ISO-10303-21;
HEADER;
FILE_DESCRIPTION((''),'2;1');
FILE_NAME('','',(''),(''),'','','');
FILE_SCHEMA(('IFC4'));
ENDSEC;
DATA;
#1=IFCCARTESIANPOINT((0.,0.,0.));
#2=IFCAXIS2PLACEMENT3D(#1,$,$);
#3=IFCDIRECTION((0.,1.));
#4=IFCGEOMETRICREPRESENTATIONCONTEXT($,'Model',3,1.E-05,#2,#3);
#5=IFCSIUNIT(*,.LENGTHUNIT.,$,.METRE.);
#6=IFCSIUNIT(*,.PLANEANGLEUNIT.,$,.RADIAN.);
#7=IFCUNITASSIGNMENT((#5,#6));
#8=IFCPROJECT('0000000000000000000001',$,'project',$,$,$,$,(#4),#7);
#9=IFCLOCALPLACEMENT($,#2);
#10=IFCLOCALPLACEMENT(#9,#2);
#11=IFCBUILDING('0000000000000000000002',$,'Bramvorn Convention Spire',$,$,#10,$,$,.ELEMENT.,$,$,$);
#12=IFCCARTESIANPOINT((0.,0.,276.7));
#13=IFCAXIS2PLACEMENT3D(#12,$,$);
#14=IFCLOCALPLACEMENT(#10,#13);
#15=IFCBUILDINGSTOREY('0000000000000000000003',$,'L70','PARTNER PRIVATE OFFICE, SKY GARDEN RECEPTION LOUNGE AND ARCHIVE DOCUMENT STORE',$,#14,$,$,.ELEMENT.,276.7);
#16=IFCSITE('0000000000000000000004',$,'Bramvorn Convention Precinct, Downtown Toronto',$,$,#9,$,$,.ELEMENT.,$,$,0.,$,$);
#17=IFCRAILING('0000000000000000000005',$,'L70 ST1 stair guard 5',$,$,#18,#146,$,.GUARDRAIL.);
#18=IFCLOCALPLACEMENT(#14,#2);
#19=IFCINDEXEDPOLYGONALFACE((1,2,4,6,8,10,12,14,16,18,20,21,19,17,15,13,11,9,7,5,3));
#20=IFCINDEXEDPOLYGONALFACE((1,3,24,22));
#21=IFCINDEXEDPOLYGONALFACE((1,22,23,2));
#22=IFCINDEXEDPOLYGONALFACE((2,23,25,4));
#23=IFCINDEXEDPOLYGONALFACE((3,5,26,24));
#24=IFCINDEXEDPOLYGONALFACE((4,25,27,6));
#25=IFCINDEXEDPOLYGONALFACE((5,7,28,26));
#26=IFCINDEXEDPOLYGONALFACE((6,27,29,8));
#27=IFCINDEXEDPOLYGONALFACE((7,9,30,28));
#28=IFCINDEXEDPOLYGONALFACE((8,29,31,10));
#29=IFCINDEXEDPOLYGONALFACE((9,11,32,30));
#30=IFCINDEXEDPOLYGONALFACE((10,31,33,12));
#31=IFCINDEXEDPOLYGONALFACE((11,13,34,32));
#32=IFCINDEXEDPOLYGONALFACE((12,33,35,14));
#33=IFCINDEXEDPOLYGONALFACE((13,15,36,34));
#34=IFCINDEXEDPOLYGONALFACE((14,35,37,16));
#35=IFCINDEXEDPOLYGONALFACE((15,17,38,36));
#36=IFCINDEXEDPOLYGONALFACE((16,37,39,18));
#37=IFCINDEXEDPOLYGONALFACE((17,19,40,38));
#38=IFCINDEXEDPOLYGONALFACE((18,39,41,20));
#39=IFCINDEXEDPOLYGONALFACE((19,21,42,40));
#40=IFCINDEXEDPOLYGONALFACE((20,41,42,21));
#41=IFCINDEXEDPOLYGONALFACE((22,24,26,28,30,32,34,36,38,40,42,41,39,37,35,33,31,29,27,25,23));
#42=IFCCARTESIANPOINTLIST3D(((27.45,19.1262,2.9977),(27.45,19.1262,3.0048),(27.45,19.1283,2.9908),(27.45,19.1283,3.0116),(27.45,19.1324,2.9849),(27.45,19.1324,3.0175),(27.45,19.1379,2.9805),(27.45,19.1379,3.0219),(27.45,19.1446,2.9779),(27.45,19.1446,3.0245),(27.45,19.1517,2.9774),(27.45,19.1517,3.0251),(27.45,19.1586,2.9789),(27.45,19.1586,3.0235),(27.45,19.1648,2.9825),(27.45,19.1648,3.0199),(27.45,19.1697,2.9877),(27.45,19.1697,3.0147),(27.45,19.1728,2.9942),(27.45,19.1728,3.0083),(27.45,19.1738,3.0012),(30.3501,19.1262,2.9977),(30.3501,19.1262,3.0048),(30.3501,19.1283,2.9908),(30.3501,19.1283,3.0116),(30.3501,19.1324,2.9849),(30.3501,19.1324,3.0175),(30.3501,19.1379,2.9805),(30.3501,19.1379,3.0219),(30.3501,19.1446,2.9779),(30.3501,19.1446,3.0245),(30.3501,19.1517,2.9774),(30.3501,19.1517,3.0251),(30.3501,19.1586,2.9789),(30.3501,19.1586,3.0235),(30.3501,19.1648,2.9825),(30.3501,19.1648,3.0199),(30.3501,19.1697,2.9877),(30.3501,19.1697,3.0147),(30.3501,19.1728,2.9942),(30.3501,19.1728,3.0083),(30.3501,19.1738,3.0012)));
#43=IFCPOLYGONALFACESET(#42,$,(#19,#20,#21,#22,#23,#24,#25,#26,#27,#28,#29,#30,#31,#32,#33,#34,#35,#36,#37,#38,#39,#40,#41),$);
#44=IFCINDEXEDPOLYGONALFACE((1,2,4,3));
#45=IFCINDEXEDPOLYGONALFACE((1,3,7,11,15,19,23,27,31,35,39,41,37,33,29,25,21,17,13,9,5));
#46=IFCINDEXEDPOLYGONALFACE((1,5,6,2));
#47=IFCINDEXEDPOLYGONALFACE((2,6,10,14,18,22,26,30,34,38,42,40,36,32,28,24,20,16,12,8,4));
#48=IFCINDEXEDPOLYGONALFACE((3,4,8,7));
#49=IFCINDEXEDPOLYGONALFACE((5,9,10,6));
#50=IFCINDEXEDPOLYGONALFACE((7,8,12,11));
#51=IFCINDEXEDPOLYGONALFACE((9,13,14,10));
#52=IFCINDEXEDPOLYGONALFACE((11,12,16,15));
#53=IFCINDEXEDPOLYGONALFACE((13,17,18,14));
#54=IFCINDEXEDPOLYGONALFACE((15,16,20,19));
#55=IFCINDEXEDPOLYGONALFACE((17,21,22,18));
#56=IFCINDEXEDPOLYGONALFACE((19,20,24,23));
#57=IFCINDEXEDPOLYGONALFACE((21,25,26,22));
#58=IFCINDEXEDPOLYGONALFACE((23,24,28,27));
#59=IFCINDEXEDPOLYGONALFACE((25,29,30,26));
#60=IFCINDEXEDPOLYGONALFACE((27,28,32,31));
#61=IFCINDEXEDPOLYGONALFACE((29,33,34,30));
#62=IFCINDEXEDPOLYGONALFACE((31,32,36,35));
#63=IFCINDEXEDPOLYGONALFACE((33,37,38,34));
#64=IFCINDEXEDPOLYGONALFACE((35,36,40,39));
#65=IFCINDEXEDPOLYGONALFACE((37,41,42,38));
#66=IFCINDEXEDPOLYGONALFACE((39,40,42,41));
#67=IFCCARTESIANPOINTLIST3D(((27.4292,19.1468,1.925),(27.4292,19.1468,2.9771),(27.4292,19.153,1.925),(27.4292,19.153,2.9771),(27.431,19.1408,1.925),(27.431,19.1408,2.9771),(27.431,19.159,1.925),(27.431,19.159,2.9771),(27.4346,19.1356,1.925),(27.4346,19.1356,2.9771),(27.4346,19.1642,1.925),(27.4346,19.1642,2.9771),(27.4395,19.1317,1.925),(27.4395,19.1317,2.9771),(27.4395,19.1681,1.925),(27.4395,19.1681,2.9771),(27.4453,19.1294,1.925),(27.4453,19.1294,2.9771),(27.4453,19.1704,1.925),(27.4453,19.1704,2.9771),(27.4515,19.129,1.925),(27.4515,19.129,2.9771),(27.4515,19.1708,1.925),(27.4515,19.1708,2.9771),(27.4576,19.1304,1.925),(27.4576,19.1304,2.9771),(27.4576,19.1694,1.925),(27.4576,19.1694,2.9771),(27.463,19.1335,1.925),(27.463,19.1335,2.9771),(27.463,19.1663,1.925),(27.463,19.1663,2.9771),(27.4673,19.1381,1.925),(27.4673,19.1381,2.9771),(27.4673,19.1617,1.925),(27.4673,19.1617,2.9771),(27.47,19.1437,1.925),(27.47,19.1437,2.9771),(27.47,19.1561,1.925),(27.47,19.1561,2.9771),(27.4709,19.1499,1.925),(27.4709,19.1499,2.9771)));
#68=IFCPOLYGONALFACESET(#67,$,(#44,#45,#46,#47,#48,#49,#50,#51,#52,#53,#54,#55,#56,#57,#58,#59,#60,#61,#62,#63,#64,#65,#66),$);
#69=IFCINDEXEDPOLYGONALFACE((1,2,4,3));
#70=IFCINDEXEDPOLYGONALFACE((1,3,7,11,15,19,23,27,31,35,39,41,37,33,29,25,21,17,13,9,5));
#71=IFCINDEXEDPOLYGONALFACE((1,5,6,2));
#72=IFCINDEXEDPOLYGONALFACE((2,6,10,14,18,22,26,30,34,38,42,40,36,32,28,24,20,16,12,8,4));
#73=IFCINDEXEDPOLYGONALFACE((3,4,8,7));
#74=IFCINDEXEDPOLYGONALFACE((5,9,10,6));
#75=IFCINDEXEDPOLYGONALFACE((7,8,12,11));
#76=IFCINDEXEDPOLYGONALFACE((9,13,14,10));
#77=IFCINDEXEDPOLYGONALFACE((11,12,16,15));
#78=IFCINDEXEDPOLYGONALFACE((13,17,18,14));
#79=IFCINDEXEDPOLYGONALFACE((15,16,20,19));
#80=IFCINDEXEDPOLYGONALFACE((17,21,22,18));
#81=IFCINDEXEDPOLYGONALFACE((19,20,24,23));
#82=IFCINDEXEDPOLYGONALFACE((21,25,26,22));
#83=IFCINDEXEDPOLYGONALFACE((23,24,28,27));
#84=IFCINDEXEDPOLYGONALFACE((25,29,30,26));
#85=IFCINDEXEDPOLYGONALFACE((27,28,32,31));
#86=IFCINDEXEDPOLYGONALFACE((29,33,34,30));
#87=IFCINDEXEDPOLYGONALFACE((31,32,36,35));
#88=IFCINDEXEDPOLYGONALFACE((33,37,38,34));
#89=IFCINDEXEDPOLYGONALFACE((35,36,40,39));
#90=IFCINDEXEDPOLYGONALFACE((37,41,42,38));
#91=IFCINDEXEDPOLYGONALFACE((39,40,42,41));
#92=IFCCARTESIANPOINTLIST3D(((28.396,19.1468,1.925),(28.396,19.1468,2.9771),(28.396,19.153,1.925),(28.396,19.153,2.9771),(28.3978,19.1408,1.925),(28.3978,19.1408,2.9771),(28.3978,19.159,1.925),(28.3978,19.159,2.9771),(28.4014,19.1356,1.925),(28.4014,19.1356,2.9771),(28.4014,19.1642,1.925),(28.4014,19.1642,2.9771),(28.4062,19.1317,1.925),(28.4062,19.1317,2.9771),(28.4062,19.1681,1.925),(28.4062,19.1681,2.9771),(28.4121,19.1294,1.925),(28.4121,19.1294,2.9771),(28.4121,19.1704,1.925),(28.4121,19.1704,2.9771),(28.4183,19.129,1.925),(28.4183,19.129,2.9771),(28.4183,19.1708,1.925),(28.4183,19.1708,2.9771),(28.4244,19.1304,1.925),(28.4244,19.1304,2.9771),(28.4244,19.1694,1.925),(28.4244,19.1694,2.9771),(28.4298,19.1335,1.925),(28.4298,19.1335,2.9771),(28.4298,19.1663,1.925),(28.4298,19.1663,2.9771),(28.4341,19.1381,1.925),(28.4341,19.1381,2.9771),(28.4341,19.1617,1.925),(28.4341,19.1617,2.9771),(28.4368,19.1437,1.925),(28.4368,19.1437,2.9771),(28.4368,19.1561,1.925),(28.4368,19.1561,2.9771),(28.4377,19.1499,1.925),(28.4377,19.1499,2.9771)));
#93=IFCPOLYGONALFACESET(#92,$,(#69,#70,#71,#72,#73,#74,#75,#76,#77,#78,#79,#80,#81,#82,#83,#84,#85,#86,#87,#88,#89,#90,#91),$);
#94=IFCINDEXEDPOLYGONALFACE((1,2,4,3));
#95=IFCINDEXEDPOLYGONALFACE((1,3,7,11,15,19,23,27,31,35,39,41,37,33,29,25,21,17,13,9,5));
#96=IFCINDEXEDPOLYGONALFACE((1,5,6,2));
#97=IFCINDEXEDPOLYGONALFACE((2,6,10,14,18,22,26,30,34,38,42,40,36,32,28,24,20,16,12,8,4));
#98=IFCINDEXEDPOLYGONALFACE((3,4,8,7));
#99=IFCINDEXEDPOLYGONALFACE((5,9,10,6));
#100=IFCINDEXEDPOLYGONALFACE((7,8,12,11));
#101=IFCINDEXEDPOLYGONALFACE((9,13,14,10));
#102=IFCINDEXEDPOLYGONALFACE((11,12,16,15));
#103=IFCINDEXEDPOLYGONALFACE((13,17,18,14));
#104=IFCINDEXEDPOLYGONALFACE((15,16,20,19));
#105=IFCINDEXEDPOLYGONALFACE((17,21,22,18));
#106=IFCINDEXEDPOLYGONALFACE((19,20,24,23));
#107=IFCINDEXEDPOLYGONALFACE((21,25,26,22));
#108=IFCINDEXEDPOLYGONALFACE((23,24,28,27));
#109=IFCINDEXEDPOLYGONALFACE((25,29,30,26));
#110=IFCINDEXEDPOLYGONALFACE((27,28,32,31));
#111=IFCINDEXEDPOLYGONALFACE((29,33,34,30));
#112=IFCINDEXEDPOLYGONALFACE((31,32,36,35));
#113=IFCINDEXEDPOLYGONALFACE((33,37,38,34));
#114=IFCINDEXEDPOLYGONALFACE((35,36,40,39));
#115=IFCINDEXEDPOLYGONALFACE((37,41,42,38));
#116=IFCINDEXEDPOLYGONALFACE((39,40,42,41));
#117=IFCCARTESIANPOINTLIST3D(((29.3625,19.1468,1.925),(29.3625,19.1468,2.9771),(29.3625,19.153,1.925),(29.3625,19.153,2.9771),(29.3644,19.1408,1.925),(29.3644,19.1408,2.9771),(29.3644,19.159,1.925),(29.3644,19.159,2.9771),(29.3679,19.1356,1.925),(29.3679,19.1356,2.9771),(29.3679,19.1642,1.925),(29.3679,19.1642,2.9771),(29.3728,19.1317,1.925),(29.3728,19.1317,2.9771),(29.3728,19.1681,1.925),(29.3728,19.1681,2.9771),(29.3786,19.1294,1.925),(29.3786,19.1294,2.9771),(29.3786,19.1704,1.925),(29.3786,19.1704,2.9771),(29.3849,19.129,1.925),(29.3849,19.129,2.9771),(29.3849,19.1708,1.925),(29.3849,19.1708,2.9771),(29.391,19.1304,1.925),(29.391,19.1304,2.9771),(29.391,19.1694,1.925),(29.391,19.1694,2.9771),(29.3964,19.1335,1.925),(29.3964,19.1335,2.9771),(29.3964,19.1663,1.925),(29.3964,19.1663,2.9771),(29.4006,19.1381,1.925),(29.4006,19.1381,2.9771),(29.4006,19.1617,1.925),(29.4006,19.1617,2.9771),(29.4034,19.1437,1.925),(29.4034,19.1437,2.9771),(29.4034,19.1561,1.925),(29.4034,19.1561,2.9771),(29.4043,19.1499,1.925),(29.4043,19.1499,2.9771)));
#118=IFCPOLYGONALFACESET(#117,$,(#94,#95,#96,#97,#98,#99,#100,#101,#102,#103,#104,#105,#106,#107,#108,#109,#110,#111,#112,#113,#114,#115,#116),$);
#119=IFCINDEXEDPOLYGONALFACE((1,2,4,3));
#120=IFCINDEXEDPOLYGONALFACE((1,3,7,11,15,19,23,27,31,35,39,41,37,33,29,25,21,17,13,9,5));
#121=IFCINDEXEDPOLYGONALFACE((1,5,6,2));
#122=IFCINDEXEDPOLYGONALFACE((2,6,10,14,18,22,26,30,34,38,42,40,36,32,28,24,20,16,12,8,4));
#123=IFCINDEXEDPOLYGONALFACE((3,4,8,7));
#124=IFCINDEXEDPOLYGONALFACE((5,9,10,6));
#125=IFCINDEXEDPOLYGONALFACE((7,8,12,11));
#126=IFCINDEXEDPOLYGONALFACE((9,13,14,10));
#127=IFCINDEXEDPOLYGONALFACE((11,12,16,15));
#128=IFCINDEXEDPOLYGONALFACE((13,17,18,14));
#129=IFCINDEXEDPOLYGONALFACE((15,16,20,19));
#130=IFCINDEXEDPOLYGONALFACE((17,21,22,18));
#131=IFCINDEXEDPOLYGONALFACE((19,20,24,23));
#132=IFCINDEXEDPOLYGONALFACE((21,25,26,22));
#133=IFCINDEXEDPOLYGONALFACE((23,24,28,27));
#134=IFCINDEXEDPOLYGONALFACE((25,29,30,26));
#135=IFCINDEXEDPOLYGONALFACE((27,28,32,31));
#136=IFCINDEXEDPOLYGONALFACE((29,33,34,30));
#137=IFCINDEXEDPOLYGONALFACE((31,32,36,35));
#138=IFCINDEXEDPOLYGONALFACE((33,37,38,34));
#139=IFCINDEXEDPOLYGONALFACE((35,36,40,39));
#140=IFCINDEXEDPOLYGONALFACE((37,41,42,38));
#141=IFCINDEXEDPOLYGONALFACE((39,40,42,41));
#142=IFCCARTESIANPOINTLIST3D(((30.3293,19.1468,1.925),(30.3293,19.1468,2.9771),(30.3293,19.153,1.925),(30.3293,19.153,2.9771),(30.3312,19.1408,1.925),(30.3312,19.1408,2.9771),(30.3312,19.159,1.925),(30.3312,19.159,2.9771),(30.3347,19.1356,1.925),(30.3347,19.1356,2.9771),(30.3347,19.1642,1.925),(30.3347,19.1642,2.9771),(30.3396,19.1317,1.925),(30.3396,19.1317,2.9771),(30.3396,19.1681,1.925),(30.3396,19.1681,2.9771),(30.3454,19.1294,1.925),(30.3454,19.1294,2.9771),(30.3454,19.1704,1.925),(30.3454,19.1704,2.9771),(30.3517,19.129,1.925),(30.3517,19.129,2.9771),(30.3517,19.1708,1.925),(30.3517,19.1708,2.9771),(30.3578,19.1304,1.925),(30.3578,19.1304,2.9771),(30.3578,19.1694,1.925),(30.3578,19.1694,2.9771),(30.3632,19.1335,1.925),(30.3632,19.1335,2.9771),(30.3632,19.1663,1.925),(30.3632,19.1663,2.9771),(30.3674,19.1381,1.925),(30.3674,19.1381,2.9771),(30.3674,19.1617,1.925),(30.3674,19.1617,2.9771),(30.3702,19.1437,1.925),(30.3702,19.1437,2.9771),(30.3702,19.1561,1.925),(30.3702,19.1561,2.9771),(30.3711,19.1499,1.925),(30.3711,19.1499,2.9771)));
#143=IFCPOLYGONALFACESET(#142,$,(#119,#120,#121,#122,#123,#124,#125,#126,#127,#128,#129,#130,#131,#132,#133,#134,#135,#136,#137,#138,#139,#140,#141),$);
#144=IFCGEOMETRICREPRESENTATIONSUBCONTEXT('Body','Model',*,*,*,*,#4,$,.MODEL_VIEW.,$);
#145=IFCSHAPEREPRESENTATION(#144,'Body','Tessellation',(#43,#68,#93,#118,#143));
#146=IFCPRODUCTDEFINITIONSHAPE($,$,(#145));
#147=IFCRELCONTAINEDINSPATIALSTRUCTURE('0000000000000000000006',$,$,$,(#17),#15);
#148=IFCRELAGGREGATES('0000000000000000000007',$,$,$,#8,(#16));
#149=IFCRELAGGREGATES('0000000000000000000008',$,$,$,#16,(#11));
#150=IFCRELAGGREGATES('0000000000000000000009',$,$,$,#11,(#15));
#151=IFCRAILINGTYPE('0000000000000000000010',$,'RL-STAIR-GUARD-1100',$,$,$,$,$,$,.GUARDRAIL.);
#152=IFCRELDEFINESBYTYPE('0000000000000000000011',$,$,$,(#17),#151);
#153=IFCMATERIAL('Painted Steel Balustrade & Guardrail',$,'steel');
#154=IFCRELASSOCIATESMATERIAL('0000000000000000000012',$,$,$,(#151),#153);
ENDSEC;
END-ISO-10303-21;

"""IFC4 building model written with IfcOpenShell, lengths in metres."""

from ifc_helpers import new_model, si_unit, direction, frame, origin, origin_2d, place, context, subcontext, project, spatial, circle, extrude, material, type_object, element, save


model = new_model("IFC4")

# Units and contexts
model_context = context("Model", 3, precision=1e-05, world=origin(), true_north=direction((0.0, 1.0)))
body_context = subcontext(model_context, "Body", "Model", "MODEL_VIEW")
ifc_project = project(units=[si_unit("LENGTHUNIT", "METRE"), si_unit("PLANEANGLEUNIT", "RADIAN")], contexts=[model_context])

# Site, building, storey
site_placement = place(None, origin())
site = spatial("IfcSite", under=ifc_project, at=site_placement, Name="Bramvorn Convention Precinct, Downtown Toronto", CompositionType="ELEMENT", RefElevation=0.0)
building_placement = place(site_placement, origin())
building = spatial("IfcBuilding", under=site, at=building_placement, Name="Bramvorn Convention Spire", CompositionType="ELEMENT")
storey_placement = place(building_placement, frame((0.0, 0.0, 276.7)))
storey = spatial("IfcBuildingStorey", under=building, at=storey_placement, Name="L70", Description="PARTNER PRIVATE OFFICE, SKY GARDEN RECEPTION LOUNGE AND ARCHIVE DOCUMENT STORE", CompositionType="ELEMENT", Elevation=276.7)

# Railing
ifc_material_1 = material(Name="Painted Steel Balustrade & Guardrail", Category="steel")
railing_type_1 = type_object("IfcRailingType", Name="RL-STAIR-GUARD-1100", PredefinedType="GUARDRAIL", material=ifc_material_1)
railing_1_placement = place(storey_placement, frame((27.45, 19.1499, 1.925)))
element("IfcRailing", 1, at=railing_1_placement, inside=storey, type_object=railing_type_1, Name="L70 ST1 stair guard 5", PredefinedType="GUARDRAIL", context=body_context, shape_type="SweptSolid", body=[
    extrude(circle(Radius=0.0239, at=origin_2d()), frame((0.0, 0.0, 1.0762), z_axis=(1.0, 0.0, 0.0), x_axis=(0.0, 1.0, 0.0)), (0.0, 0.0, 1.0), 2.9001),
    extrude(circle(Radius=0.021, at=origin_2d()), origin(), (0.0, 0.0, 1.0), 1.052),
    extrude(circle(Radius=0.021, at=origin_2d()), frame((0.9668, 0.0, 0.0)), (0.0, 0.0, 1.0), 1.052),
    extrude(circle(Radius=0.021, at=origin_2d()), frame((1.9333, 0.0, 0.0)), (0.0, 0.0, 1.0), 1.052),
    extrude(circle(Radius=0.021, at=origin_2d()), frame((2.9001, 0.0, 0.0)), (0.0, 0.0, 1.0), 1.052),
])

save(model, "model.ifc")
